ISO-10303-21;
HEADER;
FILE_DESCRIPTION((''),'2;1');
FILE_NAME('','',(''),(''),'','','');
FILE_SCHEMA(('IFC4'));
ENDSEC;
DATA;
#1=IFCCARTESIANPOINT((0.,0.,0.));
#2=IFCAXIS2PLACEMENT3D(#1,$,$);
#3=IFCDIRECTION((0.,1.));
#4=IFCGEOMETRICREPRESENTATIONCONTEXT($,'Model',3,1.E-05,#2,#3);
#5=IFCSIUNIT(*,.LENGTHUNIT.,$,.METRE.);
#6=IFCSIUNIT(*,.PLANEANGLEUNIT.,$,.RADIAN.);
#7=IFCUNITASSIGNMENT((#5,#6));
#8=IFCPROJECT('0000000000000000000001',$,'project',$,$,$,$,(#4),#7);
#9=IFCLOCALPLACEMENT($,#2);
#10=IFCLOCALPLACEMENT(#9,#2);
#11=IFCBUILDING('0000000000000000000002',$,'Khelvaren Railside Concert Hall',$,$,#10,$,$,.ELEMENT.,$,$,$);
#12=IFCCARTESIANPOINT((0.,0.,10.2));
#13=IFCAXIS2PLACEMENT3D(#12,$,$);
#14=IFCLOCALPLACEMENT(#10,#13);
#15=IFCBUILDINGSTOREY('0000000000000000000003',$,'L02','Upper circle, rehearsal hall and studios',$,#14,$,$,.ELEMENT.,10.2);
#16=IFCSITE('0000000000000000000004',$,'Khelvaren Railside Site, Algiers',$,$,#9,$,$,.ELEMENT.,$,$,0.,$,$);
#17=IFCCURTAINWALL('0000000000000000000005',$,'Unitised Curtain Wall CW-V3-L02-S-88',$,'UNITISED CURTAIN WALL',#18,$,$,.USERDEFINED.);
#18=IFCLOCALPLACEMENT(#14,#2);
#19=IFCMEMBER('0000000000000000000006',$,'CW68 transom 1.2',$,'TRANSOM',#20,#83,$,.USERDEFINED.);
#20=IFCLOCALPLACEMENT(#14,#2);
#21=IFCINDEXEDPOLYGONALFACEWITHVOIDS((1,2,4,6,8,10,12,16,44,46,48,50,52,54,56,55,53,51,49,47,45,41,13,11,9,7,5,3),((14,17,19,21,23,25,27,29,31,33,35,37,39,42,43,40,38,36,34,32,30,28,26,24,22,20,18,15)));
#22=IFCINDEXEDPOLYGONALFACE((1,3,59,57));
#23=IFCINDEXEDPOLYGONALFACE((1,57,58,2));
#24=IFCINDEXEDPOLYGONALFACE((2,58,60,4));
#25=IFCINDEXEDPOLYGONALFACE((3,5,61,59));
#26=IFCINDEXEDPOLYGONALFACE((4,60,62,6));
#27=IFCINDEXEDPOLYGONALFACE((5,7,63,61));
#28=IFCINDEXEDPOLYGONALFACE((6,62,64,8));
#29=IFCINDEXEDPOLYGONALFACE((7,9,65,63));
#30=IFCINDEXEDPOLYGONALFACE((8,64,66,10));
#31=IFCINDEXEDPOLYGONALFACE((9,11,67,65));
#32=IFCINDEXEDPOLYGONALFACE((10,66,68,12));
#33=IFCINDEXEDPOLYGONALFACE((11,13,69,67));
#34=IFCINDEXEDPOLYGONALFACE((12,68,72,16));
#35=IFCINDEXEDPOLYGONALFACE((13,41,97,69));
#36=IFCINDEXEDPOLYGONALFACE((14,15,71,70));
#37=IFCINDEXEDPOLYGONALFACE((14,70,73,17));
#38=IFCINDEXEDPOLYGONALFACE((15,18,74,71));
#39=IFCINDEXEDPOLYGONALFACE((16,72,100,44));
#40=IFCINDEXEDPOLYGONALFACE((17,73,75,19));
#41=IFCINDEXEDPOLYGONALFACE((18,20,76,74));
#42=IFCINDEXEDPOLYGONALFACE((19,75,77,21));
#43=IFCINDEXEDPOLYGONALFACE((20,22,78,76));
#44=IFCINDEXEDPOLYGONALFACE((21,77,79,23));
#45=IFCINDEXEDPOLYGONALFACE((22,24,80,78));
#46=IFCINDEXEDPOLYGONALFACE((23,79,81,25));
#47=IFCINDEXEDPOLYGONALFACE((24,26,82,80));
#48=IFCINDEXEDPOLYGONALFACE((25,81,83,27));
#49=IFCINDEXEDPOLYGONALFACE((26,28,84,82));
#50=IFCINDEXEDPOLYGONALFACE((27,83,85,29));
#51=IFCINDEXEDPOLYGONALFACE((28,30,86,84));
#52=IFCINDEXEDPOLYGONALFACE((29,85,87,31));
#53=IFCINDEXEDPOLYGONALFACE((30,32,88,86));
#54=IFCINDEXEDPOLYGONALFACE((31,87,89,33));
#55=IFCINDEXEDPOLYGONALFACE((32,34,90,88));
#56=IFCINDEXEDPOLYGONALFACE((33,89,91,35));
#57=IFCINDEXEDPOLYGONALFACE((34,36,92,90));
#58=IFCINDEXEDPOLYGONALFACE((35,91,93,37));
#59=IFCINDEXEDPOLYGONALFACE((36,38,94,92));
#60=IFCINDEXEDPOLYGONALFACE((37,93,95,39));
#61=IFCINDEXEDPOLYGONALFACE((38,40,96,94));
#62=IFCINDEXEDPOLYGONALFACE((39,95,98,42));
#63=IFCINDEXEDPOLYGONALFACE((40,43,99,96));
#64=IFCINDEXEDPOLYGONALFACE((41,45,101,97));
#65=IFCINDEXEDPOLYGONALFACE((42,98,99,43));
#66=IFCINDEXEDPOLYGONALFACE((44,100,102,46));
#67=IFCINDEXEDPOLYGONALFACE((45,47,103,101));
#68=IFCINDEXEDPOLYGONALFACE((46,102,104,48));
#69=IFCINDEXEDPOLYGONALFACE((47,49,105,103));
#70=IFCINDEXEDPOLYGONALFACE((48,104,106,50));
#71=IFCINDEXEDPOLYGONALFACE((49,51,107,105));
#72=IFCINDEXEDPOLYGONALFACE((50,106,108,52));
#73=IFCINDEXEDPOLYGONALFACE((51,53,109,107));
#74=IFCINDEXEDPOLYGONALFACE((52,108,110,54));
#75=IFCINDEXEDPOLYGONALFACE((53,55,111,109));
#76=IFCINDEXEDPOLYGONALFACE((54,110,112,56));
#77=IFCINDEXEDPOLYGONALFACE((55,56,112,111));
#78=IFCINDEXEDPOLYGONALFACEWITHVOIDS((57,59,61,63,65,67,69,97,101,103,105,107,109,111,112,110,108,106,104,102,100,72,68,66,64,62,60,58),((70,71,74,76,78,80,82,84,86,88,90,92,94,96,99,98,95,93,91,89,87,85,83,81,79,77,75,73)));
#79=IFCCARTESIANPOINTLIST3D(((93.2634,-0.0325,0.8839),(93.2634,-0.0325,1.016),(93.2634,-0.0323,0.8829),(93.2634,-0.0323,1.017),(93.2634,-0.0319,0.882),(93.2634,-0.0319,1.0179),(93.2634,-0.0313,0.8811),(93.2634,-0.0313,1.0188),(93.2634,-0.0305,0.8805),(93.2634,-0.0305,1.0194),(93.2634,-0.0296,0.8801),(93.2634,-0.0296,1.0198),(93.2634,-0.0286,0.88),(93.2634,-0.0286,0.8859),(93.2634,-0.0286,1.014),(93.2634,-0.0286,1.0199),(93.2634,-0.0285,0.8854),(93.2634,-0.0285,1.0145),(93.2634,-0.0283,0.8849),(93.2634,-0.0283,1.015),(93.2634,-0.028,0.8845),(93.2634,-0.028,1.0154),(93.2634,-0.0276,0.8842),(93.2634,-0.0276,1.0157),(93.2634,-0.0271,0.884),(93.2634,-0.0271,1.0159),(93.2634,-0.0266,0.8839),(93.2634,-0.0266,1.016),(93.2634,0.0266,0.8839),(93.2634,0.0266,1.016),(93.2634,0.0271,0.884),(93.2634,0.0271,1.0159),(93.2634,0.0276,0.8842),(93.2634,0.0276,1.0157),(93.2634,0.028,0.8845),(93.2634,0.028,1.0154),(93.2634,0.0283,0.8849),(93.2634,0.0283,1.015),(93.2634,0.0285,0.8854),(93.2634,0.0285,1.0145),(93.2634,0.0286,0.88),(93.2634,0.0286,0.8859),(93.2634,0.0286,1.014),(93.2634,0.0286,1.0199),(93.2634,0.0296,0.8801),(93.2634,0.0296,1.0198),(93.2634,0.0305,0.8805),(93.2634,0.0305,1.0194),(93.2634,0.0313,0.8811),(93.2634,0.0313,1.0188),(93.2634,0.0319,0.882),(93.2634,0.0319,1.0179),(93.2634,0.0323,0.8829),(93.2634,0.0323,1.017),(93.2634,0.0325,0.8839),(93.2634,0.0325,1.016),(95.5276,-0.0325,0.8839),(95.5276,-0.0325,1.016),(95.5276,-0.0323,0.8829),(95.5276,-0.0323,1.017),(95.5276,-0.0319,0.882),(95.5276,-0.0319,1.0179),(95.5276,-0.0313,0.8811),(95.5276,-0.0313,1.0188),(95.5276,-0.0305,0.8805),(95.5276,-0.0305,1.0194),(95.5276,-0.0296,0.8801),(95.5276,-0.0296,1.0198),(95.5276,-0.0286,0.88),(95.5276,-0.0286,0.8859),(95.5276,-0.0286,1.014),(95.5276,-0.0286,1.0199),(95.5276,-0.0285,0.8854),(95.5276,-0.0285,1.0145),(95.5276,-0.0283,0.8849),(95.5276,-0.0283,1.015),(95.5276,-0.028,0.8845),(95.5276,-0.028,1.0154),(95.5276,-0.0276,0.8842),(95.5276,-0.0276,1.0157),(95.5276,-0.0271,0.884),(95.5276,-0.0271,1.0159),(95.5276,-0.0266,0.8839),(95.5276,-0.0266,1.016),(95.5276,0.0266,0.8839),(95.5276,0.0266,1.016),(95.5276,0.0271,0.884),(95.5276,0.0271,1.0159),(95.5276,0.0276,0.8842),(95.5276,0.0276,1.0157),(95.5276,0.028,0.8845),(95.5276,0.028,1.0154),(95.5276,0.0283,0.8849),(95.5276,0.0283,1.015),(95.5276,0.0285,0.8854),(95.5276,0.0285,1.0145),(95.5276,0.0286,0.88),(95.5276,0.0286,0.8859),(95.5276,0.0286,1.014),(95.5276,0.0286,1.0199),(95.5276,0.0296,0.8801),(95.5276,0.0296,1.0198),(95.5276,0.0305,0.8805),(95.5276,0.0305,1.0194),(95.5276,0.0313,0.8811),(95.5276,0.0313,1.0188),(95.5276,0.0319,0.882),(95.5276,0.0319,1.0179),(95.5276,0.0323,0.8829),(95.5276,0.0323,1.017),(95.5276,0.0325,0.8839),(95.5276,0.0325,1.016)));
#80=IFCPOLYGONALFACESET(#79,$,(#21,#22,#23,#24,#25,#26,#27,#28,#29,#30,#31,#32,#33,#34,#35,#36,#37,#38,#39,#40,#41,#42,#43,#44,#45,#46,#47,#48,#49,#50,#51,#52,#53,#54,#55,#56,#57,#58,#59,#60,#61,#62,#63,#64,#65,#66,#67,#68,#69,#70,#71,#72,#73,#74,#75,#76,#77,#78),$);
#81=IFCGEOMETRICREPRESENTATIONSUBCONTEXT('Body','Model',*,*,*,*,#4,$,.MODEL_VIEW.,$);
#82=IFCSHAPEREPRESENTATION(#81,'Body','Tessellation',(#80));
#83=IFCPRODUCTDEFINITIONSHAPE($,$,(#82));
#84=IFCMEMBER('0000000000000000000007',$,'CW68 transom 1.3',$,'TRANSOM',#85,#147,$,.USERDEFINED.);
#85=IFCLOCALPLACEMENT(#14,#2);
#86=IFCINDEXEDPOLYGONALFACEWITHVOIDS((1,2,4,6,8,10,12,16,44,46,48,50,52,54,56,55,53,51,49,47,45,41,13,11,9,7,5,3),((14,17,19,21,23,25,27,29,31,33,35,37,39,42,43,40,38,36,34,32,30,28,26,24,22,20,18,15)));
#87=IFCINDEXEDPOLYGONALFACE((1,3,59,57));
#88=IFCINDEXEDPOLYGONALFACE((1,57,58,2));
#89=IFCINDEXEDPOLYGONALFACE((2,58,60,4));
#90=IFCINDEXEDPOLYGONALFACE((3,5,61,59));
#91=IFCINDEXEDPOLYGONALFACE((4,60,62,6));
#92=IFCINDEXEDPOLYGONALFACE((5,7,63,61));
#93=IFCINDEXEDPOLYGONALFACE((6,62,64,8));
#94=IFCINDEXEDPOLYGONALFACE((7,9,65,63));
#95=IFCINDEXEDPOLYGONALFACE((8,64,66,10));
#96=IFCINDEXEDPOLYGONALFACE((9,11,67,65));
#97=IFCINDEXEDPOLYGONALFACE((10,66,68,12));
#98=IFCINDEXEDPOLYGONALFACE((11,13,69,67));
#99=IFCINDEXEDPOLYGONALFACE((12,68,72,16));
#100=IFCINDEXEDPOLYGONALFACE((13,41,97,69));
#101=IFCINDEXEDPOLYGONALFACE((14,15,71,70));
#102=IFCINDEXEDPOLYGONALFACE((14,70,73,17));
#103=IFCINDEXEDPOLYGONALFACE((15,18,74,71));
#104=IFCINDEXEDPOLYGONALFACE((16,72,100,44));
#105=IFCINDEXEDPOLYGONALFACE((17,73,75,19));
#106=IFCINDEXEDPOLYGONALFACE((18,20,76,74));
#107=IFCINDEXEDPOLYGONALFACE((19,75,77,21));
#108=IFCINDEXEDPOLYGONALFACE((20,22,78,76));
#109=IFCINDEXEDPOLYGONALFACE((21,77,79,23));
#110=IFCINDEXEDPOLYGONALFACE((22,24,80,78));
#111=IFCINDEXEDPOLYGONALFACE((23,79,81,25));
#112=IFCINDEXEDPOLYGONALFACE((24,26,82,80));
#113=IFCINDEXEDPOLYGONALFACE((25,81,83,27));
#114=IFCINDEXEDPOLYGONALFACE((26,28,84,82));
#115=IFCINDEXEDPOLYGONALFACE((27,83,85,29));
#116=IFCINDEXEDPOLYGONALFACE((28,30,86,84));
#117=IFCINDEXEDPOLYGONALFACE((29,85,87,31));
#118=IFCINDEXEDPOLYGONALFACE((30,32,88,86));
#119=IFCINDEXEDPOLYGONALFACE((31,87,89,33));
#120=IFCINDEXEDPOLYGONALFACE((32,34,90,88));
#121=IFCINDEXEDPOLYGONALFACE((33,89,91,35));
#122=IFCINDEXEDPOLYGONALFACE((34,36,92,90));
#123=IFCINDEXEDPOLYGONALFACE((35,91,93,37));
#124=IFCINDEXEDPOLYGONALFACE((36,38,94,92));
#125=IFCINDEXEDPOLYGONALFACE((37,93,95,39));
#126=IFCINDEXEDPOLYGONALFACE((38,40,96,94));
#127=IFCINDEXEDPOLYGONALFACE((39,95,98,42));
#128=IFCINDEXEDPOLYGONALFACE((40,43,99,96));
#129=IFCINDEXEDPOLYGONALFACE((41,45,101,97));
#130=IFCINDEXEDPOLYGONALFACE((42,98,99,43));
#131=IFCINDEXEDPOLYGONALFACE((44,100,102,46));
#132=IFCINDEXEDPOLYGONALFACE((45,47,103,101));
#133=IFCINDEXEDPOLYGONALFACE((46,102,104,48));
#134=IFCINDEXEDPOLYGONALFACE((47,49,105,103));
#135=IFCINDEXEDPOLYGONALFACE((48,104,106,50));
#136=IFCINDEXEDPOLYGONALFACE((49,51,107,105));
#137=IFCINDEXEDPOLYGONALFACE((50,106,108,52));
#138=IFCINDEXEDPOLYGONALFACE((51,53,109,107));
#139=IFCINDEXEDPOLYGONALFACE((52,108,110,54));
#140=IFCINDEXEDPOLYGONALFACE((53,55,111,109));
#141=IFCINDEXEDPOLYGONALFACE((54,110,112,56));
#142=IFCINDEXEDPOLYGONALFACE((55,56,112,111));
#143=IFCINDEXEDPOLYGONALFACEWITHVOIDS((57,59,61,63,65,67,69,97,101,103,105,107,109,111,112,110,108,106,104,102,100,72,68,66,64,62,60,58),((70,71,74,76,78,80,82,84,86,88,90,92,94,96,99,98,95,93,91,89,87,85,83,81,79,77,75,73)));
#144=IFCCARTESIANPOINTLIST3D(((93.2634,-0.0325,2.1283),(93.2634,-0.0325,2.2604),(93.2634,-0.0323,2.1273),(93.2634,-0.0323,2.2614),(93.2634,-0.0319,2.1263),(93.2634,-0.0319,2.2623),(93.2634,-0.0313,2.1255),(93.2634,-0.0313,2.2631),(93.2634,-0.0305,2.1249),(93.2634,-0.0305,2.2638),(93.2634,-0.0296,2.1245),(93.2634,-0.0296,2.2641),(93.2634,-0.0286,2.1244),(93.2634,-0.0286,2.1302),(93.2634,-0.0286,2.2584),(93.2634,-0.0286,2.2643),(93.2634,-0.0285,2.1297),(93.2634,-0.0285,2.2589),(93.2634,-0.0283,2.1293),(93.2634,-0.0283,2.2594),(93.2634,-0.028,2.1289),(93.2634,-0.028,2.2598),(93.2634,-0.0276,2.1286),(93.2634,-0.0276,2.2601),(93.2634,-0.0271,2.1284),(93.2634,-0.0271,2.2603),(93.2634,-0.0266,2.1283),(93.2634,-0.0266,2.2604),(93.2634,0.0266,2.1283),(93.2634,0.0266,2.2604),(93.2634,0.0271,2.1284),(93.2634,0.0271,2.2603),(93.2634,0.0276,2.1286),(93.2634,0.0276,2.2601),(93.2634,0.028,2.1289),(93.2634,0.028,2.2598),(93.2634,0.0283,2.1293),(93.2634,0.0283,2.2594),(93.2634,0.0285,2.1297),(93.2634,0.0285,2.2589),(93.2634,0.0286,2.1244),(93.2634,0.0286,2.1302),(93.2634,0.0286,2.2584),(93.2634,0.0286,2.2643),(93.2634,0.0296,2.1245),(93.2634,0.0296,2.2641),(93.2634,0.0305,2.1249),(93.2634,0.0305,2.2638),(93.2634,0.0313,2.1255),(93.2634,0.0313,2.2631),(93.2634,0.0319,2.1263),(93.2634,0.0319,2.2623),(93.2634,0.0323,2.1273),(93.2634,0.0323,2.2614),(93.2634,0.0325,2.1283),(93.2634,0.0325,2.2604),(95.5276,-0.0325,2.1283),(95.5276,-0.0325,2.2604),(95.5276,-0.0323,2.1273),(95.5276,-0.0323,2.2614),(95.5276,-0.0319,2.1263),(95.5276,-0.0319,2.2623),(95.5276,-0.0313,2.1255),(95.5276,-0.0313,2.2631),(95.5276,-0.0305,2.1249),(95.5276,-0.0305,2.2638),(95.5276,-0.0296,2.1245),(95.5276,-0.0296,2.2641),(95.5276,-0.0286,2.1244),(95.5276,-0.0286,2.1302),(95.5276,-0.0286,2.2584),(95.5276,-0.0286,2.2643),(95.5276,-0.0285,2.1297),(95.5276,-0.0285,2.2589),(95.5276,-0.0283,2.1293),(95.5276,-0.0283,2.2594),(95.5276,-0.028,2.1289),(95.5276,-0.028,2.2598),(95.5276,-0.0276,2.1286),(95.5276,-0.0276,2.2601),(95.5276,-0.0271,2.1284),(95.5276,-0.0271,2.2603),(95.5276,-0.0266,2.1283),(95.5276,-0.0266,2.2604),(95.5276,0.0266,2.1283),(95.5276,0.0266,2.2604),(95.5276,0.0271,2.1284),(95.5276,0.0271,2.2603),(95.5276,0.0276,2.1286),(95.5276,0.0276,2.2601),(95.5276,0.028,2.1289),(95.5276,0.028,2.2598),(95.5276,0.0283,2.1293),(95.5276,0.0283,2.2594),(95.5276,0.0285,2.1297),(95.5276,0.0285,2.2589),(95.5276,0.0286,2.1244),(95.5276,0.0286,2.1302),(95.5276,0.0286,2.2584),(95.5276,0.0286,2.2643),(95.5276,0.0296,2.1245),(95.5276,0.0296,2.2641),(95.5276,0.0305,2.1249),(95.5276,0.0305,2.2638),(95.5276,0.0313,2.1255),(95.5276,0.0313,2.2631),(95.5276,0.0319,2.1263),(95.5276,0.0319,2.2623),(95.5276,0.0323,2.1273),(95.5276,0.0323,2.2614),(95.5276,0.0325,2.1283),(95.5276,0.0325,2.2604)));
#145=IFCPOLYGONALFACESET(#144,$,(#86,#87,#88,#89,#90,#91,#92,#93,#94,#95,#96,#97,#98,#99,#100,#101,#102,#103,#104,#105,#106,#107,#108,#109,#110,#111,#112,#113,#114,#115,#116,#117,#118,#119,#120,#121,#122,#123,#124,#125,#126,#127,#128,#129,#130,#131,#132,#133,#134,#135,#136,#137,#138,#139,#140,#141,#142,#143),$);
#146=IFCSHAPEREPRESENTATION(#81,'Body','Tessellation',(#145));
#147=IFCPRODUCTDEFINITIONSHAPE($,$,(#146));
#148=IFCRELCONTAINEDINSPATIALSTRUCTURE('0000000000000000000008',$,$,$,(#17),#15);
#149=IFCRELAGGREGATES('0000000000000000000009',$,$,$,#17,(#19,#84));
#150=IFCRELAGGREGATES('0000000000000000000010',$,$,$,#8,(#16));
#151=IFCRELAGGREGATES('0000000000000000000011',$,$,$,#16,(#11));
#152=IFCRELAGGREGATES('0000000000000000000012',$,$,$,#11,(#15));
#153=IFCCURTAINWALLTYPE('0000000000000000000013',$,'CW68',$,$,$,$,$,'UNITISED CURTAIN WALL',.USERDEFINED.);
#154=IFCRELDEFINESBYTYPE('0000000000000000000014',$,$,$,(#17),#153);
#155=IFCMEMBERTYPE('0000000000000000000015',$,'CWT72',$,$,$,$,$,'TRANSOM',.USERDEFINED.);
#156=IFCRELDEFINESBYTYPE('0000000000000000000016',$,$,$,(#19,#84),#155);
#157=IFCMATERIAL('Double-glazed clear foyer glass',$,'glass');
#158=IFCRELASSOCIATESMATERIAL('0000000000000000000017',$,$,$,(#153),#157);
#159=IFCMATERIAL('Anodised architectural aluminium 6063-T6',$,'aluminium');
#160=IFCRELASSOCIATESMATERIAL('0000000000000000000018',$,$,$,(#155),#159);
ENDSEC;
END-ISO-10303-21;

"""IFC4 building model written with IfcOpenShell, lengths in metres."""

from ifc_helpers import new_model, si_unit, direction, frame, origin, origin_2d, place, context, subcontext, project, spatial, hollow_rectangle, extrude, material, material_profile, profile_set, type_object, element, aggregate, save


model = new_model("IFC4")

# Units and contexts
model_context = context("Model", 3, precision=1e-05, world=origin(), true_north=direction((0.0, 1.0)))
body_context = subcontext(model_context, "Body", "Model", "MODEL_VIEW")
ifc_project = project(units=[si_unit("LENGTHUNIT", "METRE"), si_unit("PLANEANGLEUNIT", "RADIAN")], contexts=[model_context])

# Site, building, storey
site_placement = place(None, origin())
site = spatial("IfcSite", under=ifc_project, at=site_placement, Name="Khelvaren Railside Site, Algiers", CompositionType="ELEMENT", RefElevation=0.0)
building_placement = place(site_placement, origin())
building = spatial("IfcBuilding", under=site, at=building_placement, Name="Khelvaren Railside Concert Hall", CompositionType="ELEMENT")
storey_placement = place(building_placement, frame((0.0, 0.0, 10.2)))
storey = spatial("IfcBuildingStorey", under=building, at=storey_placement, Name="L02", Description="Upper circle, rehearsal hall and studios", CompositionType="ELEMENT", Elevation=10.2)

# Curtain wall, members
ifc_material_1 = material(Name="Double-glazed clear foyer glass", Category="glass")
curtain_wall_type = type_object("IfcCurtainWallType", Name="CW68", ElementType="UNITISED CURTAIN WALL", PredefinedType="USERDEFINED", material=ifc_material_1)
curtain_wall_placement = place(storey_placement, origin())
curtain_wall = element("IfcCurtainWall", 1, at=curtain_wall_placement, inside=storey, type_object=curtain_wall_type, Name="Unitised Curtain Wall CW-V3-L02-S-88", ObjectType="UNITISED CURTAIN WALL", PredefinedType="USERDEFINED")
ifc_material_2 = material(Name="Anodised architectural aluminium 6063-T6", Category="aluminium")
ifc_material_profile_1 = material_profile(ifc_material_2, hollow_rectangle(XDim=0.0649, YDim=0.1399, WallThickness=0.0039, InnerFilletRadius=0.002, OuterFilletRadius=0.0039, at=origin_2d()), Name="CWT 65x140x4")
ifc_profile_set_1 = profile_set([ifc_material_profile_1], Name="Anodised architectural aluminium 6063-T6")
member_type_1 = type_object("IfcMemberType", Name="CWT72", ElementType="TRANSOM", PredefinedType="USERDEFINED", material=ifc_profile_set_1)
member_1_placement = place(storey_placement, frame((95.5276, 0.0, 0.95), z_axis=(-1.0, 0.0, 0.0), x_axis=(0.0, -1.0, 0.0)))
member_1 = element("IfcMember", 2, at=member_1_placement, type_object=member_type_1, Name="CW68 transom 1.2", ObjectType="TRANSOM", PredefinedType="USERDEFINED", context=body_context, shape_type="SweptSolid", body=[
    extrude(hollow_rectangle(XDim=0.0649, YDim=0.1399, WallThickness=0.0039, InnerFilletRadius=0.002, OuterFilletRadius=0.0039, at=origin_2d()), origin(), (0.0, 0.0, 1.0), 2.2642),
])
member_2_placement = place(storey_placement, frame((95.5276, 0.0, 2.1943), z_axis=(-1.0, 0.0, 0.0), x_axis=(0.0, -1.0, 0.0)))
member_2 = element("IfcMember", 3, at=member_2_placement, type_object=member_type_1, Name="CW68 transom 1.3", ObjectType="TRANSOM", PredefinedType="USERDEFINED", context=body_context, shape_type="SweptSolid", body=[
    extrude(hollow_rectangle(XDim=0.0649, YDim=0.1399, WallThickness=0.0039, InnerFilletRadius=0.002, OuterFilletRadius=0.0039, at=origin_2d()), origin(), (0.0, 0.0, 1.0), 2.2642),
])
aggregate(curtain_wall, [member_1, member_2])

save(model, "model.ifc")
